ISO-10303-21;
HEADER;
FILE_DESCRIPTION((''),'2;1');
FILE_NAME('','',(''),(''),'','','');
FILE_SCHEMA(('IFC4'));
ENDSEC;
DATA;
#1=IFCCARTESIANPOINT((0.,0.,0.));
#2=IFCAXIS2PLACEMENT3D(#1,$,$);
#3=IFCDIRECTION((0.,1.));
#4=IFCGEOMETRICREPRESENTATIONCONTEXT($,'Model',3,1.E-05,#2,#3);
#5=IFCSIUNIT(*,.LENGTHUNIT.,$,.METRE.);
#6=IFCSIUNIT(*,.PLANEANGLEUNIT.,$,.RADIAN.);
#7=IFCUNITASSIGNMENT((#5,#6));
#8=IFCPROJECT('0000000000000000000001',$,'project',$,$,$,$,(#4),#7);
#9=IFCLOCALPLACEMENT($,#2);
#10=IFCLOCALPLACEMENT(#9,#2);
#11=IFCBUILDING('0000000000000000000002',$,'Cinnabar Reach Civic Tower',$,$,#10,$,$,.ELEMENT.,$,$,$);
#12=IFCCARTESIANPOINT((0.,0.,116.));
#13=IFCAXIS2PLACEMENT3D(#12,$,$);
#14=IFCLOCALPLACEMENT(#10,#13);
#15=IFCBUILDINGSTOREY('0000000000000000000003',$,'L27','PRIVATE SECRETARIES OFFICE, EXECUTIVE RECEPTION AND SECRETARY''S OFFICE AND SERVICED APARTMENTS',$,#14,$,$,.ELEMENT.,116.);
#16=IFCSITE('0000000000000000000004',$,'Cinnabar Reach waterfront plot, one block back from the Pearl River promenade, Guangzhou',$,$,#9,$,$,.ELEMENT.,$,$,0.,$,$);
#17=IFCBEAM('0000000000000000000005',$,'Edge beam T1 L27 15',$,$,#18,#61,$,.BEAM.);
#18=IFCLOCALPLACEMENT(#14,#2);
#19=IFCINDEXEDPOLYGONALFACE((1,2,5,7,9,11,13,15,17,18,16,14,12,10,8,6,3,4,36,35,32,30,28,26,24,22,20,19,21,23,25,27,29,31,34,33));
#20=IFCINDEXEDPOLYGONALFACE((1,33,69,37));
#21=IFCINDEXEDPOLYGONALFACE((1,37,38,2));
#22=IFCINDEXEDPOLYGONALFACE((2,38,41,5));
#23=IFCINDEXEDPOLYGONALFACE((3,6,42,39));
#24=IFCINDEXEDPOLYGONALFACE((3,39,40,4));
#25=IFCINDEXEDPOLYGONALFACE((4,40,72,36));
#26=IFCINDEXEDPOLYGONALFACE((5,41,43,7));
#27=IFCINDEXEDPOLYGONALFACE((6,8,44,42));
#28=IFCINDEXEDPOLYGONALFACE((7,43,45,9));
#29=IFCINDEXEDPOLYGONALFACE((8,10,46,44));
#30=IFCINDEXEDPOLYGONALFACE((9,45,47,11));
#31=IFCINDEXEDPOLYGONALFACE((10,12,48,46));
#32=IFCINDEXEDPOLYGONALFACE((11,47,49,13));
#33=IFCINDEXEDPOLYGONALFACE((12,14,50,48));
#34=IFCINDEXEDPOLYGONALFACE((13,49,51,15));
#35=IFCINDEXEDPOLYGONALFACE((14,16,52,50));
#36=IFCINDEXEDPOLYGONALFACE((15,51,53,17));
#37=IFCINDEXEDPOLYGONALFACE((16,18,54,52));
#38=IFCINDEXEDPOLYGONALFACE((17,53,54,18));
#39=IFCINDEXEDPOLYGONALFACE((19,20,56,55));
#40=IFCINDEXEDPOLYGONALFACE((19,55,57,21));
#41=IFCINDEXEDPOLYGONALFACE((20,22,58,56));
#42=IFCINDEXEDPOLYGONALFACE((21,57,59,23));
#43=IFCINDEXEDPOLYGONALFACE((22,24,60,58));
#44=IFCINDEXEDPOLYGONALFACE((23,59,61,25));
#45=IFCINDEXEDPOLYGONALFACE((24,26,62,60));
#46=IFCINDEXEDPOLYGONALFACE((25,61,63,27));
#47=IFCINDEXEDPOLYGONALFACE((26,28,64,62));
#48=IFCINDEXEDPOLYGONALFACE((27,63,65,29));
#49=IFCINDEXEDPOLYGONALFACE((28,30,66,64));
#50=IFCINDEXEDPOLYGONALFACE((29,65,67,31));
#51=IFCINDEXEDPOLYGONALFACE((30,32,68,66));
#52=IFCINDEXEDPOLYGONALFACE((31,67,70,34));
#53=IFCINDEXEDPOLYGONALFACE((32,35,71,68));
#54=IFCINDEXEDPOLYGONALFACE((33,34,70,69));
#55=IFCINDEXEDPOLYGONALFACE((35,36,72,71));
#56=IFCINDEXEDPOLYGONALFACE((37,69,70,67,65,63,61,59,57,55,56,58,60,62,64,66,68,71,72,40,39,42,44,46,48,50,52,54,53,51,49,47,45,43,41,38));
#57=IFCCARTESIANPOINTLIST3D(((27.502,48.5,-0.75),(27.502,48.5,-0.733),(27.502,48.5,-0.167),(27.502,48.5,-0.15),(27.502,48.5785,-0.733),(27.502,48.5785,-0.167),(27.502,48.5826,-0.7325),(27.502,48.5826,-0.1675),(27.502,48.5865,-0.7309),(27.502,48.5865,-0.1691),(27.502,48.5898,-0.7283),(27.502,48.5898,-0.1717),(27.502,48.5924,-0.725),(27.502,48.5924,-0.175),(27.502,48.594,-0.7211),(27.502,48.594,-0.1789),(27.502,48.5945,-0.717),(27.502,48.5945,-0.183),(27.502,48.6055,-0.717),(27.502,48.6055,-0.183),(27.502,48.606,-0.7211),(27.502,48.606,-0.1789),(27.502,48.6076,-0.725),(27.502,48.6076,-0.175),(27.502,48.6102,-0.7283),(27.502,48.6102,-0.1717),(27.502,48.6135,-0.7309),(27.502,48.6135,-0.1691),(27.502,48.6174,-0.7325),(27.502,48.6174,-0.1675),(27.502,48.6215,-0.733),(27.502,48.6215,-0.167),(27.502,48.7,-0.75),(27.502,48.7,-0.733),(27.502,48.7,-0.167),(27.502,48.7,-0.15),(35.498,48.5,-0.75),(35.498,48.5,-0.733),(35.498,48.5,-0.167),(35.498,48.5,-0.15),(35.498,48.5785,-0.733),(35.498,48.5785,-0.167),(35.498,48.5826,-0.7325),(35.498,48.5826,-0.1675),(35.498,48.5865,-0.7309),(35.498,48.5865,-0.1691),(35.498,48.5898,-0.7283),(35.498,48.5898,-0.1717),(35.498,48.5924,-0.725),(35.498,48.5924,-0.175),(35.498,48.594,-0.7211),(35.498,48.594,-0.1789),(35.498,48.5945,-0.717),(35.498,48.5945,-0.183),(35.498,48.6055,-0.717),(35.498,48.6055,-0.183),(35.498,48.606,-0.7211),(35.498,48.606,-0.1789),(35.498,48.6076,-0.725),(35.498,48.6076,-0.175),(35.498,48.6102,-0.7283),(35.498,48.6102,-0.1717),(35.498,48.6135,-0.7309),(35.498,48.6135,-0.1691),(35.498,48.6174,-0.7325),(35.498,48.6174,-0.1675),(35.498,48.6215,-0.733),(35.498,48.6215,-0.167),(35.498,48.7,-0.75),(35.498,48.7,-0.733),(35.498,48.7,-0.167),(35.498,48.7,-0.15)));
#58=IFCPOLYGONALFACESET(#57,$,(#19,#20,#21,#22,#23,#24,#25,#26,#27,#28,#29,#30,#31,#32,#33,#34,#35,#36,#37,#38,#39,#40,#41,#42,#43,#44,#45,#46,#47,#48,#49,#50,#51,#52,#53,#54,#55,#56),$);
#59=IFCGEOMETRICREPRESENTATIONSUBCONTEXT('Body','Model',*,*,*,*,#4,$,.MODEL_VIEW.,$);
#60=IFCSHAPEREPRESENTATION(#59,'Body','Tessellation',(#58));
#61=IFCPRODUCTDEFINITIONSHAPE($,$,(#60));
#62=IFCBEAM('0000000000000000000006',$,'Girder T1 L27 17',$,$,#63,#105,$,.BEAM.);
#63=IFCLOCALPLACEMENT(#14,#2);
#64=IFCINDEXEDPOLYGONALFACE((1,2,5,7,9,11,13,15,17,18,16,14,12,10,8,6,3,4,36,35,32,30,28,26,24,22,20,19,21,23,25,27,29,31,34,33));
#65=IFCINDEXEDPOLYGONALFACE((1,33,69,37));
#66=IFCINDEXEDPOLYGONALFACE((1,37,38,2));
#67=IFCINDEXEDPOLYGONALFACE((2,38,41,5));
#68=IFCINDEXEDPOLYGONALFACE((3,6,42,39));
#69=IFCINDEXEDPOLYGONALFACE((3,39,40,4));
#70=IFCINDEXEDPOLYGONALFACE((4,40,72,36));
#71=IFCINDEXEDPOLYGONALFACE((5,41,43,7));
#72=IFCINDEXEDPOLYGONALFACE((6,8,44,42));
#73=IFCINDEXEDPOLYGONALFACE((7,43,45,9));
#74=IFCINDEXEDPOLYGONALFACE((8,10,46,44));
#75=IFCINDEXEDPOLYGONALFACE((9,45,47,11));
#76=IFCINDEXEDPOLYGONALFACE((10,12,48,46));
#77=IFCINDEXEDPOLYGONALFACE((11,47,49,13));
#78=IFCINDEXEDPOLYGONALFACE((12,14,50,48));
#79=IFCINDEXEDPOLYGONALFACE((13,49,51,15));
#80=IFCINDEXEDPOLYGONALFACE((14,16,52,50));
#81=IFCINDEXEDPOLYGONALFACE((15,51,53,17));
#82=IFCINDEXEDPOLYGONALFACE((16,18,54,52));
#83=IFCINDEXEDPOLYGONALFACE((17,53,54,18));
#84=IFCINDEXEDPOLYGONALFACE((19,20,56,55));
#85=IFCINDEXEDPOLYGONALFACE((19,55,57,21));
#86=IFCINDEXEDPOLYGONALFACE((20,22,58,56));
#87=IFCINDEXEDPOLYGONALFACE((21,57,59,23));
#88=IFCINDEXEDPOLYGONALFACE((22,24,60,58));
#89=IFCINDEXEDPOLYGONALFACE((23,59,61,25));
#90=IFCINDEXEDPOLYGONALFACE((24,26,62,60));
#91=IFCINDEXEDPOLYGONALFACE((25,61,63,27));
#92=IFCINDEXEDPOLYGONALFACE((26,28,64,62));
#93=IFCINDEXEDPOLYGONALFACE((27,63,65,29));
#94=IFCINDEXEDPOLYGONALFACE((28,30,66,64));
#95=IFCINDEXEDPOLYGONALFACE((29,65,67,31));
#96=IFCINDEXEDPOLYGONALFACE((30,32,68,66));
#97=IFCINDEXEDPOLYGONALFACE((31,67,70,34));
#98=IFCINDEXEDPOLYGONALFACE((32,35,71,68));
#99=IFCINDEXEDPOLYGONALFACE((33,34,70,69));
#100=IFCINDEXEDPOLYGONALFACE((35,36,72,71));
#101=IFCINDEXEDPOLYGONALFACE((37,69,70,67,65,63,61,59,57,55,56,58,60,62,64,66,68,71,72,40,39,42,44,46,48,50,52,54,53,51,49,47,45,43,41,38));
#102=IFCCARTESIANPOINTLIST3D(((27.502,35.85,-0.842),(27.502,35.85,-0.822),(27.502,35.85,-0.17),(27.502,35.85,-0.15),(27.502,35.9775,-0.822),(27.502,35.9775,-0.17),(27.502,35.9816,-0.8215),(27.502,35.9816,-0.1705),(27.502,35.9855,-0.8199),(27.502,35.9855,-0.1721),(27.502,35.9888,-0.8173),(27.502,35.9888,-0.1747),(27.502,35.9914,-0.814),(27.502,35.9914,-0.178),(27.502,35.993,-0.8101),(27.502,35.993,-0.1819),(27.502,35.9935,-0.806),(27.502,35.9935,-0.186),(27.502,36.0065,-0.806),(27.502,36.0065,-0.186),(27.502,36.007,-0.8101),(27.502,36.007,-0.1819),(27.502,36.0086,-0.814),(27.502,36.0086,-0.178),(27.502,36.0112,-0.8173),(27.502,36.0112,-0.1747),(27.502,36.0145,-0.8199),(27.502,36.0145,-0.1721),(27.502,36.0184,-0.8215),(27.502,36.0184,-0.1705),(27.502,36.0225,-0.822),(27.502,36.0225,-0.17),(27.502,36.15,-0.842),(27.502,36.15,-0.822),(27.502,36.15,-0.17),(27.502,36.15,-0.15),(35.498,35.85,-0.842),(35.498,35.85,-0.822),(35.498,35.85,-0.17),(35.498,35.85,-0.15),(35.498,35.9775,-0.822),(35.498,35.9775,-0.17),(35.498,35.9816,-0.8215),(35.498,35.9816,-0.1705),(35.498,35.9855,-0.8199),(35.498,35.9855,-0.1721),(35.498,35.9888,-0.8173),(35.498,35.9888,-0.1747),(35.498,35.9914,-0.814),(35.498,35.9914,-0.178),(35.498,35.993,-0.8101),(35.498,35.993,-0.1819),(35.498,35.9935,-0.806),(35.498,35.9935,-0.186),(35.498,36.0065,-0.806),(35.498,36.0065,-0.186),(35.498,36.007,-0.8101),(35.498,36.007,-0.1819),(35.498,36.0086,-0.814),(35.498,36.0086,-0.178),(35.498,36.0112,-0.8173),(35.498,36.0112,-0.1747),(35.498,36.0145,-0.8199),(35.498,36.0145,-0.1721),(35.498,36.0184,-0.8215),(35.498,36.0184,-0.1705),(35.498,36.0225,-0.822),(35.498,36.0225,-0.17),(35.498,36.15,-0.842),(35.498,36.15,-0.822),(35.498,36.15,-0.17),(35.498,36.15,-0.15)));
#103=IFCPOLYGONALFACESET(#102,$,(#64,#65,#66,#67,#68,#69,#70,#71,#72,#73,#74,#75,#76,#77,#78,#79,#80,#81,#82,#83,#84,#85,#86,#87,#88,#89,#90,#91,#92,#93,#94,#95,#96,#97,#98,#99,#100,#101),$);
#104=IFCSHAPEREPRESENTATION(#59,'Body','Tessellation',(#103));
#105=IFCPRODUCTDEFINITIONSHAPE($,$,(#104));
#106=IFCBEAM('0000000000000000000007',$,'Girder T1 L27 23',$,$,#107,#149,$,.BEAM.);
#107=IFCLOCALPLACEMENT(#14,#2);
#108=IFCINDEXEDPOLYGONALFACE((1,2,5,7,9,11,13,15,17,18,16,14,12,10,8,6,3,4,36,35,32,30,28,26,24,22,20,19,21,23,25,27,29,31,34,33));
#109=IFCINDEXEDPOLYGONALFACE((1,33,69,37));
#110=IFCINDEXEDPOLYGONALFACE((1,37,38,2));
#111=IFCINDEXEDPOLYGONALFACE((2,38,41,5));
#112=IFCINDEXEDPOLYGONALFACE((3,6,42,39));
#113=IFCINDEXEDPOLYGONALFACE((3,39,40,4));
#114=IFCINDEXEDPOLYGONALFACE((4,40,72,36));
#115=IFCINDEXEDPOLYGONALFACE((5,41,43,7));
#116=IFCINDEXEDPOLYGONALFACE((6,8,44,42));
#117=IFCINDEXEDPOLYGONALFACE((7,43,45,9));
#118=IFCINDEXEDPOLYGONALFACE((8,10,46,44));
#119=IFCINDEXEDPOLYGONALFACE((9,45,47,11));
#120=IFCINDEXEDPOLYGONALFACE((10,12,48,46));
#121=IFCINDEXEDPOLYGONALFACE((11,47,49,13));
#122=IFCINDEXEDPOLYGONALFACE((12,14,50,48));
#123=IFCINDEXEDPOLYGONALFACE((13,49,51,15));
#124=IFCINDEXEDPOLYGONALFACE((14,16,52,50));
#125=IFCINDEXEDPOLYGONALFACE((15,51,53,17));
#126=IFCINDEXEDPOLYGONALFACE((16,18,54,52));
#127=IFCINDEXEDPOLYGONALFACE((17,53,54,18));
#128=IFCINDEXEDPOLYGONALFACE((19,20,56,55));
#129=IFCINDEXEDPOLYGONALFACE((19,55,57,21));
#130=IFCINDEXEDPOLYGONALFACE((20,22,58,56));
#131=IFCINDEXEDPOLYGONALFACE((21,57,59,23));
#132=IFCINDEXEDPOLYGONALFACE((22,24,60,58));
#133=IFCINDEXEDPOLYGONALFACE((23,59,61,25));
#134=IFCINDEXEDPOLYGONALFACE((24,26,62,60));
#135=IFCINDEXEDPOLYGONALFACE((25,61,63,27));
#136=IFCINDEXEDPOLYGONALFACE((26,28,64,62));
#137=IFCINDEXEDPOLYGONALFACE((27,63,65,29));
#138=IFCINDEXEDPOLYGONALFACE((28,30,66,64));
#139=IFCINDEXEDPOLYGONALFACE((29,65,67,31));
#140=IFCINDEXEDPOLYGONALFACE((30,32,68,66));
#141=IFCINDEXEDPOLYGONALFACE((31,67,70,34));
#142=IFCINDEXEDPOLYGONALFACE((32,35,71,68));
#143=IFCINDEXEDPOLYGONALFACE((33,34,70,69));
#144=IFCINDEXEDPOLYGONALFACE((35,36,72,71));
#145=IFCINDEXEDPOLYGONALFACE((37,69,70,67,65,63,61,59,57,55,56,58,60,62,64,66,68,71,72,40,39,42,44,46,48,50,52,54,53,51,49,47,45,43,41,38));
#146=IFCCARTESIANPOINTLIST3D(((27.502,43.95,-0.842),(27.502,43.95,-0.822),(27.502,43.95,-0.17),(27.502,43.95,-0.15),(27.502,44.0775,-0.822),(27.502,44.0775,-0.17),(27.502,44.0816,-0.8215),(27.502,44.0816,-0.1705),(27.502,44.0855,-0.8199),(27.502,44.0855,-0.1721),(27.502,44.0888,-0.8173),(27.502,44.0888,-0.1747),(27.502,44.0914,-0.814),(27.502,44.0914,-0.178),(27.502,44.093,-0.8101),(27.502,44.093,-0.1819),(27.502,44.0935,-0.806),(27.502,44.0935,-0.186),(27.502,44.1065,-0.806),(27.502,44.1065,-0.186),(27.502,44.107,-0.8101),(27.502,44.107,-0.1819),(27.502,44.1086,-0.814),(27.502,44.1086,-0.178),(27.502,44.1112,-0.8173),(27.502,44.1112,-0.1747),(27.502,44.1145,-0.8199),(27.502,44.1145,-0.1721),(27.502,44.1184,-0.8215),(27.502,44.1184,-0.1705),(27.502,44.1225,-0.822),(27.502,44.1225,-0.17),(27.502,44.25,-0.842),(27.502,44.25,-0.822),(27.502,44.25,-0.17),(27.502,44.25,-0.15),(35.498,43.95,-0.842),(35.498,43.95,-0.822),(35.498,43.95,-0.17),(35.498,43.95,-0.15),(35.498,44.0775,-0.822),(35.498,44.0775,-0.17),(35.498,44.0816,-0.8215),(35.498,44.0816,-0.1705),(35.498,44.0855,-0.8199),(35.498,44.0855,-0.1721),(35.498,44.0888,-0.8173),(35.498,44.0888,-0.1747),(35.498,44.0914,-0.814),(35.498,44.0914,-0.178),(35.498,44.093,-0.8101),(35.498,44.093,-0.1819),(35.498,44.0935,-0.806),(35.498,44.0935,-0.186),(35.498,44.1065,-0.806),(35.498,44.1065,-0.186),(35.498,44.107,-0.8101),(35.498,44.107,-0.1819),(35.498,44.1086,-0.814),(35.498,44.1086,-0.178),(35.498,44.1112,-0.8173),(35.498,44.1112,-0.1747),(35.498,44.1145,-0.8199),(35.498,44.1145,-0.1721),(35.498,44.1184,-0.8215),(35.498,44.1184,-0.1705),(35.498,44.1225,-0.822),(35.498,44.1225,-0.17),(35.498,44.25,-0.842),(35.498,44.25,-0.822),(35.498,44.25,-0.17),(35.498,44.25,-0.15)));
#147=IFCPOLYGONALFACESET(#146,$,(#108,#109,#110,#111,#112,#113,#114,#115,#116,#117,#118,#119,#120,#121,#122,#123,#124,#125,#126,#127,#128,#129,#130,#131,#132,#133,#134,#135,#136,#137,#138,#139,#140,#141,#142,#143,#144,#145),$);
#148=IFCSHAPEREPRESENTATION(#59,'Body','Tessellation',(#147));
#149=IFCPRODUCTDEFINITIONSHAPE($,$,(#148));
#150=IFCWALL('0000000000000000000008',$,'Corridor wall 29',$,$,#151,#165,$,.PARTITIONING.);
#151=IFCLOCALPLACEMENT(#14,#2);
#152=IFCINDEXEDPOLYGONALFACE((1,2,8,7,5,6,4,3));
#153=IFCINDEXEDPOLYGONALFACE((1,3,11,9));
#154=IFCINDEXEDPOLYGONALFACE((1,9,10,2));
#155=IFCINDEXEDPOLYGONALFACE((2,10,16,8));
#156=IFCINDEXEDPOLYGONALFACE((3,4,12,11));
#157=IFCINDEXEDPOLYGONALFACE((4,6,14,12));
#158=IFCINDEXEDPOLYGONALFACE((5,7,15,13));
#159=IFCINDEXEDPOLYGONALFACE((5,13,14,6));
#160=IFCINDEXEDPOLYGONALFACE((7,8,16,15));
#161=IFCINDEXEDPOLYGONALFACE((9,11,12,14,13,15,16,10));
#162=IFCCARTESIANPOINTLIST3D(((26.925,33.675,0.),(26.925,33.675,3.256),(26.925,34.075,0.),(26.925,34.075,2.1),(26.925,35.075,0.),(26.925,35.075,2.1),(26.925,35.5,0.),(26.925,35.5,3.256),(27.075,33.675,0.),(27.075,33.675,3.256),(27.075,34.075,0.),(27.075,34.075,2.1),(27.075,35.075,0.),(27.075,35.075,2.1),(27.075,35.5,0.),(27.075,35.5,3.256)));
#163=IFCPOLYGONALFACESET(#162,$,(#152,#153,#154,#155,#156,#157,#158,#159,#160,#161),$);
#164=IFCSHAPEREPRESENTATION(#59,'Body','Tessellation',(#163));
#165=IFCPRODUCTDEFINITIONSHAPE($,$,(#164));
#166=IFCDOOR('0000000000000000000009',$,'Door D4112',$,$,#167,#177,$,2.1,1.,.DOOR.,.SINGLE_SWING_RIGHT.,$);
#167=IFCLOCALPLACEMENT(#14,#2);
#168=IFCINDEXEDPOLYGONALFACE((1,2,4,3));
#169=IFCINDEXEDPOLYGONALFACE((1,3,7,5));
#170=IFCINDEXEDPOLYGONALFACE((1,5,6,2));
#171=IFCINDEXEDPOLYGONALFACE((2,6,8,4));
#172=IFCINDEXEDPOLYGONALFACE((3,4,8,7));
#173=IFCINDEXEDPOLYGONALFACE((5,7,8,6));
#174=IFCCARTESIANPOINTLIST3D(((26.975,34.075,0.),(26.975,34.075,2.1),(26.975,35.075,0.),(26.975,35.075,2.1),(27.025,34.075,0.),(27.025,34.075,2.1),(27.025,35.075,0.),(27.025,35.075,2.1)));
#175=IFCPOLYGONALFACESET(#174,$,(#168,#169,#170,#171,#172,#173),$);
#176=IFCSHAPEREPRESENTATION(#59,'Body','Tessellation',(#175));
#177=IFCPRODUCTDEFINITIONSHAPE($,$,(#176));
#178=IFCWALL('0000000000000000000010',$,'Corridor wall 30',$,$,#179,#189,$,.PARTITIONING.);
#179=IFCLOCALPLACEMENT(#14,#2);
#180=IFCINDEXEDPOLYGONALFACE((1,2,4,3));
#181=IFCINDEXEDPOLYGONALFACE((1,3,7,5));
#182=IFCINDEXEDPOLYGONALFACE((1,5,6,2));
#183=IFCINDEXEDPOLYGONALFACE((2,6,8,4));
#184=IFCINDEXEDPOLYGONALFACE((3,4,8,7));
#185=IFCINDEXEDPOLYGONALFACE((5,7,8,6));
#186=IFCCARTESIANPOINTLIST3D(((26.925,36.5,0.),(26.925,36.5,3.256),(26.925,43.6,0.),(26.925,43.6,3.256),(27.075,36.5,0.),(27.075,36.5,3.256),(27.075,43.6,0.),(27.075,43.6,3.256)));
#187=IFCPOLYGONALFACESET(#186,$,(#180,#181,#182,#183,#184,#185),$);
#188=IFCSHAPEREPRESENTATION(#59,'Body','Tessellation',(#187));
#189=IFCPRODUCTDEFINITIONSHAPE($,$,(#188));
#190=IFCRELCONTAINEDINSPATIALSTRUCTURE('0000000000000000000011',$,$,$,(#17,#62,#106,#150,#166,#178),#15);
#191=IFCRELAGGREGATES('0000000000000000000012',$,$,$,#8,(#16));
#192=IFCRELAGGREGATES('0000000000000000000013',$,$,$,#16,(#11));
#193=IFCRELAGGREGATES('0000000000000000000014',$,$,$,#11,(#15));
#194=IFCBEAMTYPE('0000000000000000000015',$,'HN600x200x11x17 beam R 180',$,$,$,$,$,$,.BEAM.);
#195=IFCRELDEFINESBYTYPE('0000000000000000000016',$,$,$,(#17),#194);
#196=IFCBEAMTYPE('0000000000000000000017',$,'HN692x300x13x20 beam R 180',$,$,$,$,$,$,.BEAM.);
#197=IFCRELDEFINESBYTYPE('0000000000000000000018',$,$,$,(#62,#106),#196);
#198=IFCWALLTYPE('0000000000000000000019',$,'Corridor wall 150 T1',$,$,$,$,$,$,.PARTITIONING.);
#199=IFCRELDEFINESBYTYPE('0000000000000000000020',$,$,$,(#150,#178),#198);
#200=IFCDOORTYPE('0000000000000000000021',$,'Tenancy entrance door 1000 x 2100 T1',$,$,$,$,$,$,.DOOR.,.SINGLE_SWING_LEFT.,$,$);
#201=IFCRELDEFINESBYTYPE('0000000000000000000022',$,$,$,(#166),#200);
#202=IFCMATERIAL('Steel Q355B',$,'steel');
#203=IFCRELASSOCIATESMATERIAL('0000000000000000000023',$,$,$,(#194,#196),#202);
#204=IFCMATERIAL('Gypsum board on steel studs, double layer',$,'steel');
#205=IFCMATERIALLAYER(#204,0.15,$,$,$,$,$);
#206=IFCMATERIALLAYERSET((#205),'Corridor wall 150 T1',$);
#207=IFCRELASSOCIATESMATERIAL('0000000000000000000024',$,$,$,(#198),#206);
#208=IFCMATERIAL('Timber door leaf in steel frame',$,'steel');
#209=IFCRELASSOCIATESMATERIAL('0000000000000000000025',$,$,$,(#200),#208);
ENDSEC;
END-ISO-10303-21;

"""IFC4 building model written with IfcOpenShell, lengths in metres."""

from ifc_helpers import new_model, si_unit, direction, frame, frame_2d, origin, origin_2d, place, context, subcontext, project, spatial, rectangle, i_section, extrude, material, layer, layer_set, material_profile, profile_set, type_object, element, fill, save


model = new_model("IFC4")

# Units and contexts
model_context = context("Model", 3, precision=1e-05, world=origin(), true_north=direction((0.0, 1.0)))
body_context = subcontext(model_context, "Body", "Model", "MODEL_VIEW")
ifc_project = project(units=[si_unit("LENGTHUNIT", "METRE"), si_unit("PLANEANGLEUNIT", "RADIAN")], contexts=[model_context])

# Site, building, storey
site_placement = place(None, origin())
site = spatial("IfcSite", under=ifc_project, at=site_placement, Name="Cinnabar Reach waterfront plot, one block back from the Pearl River promenade, Guangzhou", CompositionType="ELEMENT", RefElevation=0.0)
building_placement = place(site_placement, origin())
building = spatial("IfcBuilding", under=site, at=building_placement, Name="Cinnabar Reach Civic Tower", CompositionType="ELEMENT")
storey_placement = place(building_placement, frame((0.0, 0.0, 116.0)))
storey = spatial("IfcBuildingStorey", under=building, at=storey_placement, Name="L27", Description="PRIVATE SECRETARIES OFFICE, EXECUTIVE RECEPTION AND SECRETARY'S OFFICE AND SERVICED APARTMENTS", CompositionType="ELEMENT", Elevation=116.0)

# Beams
ifc_material_1 = material(Name="Steel Q355B", Category="steel")
ifc_material_profile_1 = material_profile(ifc_material_1, i_section(OverallWidth=0.2, OverallDepth=0.6, WebThickness=0.011, FlangeThickness=0.017, FilletRadius=0.016, at=origin_2d()), Name="HN600x200x11x17")
ifc_profile_set_1 = profile_set([ifc_material_profile_1], Name="Steel Q355B")
beam_type_1 = type_object("IfcBeamType", Name="HN600x200x11x17 beam R 180", PredefinedType="BEAM", material=ifc_profile_set_1)
beam_1_placement = place(storey_placement, frame((35.498, 48.6, -0.45), z_axis=(-1.0, 0.0, 0.0), x_axis=(0.0, -1.0, 0.0)))
element("IfcBeam", 1, at=beam_1_placement, inside=storey, type_object=beam_type_1, Name="Edge beam T1 L27 15", PredefinedType="BEAM", context=body_context, shape_type="SweptSolid", body=[
    extrude(i_section(OverallWidth=0.2, OverallDepth=0.6, WebThickness=0.011, FlangeThickness=0.017, FilletRadius=0.016, at=origin_2d()), origin(), (0.0, 0.0, 1.0), 7.996),
])
ifc_material_profile_2 = material_profile(ifc_material_1, i_section(OverallWidth=0.3, OverallDepth=0.692, WebThickness=0.013, FlangeThickness=0.02, FilletRadius=0.016, at=origin_2d()), Name="HN692x300x13x20")
ifc_profile_set_2 = profile_set([ifc_material_profile_2], Name="Steel Q355B")
beam_type_2 = type_object("IfcBeamType", Name="HN692x300x13x20 beam R 180", PredefinedType="BEAM", material=ifc_profile_set_2)
for number, where, z_axis, x_axis, name in (
    (2, (27.502, 36.0, -0.496), (1.0, 0.0, 0.0), (0.0, 1.0, 0.0), "Girder T1 L27 17"),
    (3, (27.502, 44.1, -0.496), (1.0, 0.0, 0.0), (0.0, 1.0, 0.0), "Girder T1 L27 23"),
):
    element("IfcBeam", number, at=place(storey_placement, frame(where, z_axis=z_axis, x_axis=x_axis)), inside=storey, type_object=beam_type_2, Name=name, PredefinedType="BEAM", context=body_context, shape_type="SweptSolid", body=[
        extrude(i_section(OverallWidth=0.3, OverallDepth=0.692, WebThickness=0.013, FlangeThickness=0.02, FilletRadius=0.016, at=origin_2d()), origin(), (0.0, 0.0, 1.0), 7.996),
    ])

# Wall, opening, door
ifc_material_2 = material(Name="Gypsum board on steel studs, double layer", Category="steel")
ifc_layer_1 = layer(ifc_material_2, 0.15)
ifc_layer_set_1 = layer_set([ifc_layer_1], Name="Corridor wall 150 T1")
wall_type_1 = type_object("IfcWallType", Name="Corridor wall 150 T1", PredefinedType="PARTITIONING", material=ifc_layer_set_1)
wall_1_placement = place(storey_placement, frame((27.0, 33.675, 0.0), z_axis=(0.0, 0.0, 1.0), x_axis=(0.0, 1.0, 0.0)))
wall_1 = element("IfcWall", 4, at=wall_1_placement, inside=storey, type_object=wall_type_1, Name="Corridor wall 29", PredefinedType="PARTITIONING", context=body_context, shape_type="SweptSolid", body=[
    extrude(rectangle(XDim=1.825, YDim=0.15, at=frame_2d((0.9125, 0.0))), origin(), (0.0, 0.0, 1.0), 3.256),
])
opening_1_placement = place(wall_1_placement, frame((0.4, 0.0, 0.0)))
opening_1 = element("IfcOpeningElement", 5, at=opening_1_placement, cuts=wall_1, PredefinedType="OPENING", context=body_context, shape_type="SweptSolid", body=[
    extrude(rectangle(XDim=1.0, YDim=2.1, at=frame_2d((0.5, 1.05))), frame((0.0, 0.085, 0.0), z_axis=(0.0, -1.0, 0.0), x_axis=(1.0, 0.0, 0.0)), (0.0, 0.0, 1.0), 0.17),
])
ifc_material_3 = material(Name="Timber door leaf in steel frame", Category="steel")
door_type_1 = type_object("IfcDoorType", Name="Tenancy entrance door 1000 x 2100 T1", OperationType="SINGLE_SWING_LEFT", PredefinedType="DOOR", material=ifc_material_3)
door_1_placement = place(opening_1_placement, frame((1.0, 0.0, 0.0), z_axis=(0.0, 0.0, 1.0), x_axis=(-1.0, 0.0, 0.0)))
door_1 = element("IfcDoor", 6, at=door_1_placement, inside=storey, type_object=door_type_1, Name="Door D4112", OperationType="SINGLE_SWING_RIGHT", OverallHeight=2.1, OverallWidth=1.0, PredefinedType="DOOR", context=body_context, shape_type="SweptSolid", body=[
    extrude(rectangle(XDim=1.0, YDim=2.1, at=frame_2d((0.5, 1.05))), frame((0.0, 0.025, 0.0), z_axis=(0.0, -1.0, 0.0), x_axis=(1.0, 0.0, 0.0)), (0.0, 0.0, 1.0), 0.05),
])
fill(opening_1, door_1)

# Wall
wall_2_placement = place(storey_placement, frame((27.0, 36.5, 0.0), z_axis=(0.0, 0.0, 1.0), x_axis=(0.0, 1.0, 0.0)))
element("IfcWall", 7, at=wall_2_placement, inside=storey, type_object=wall_type_1, Name="Corridor wall 30", PredefinedType="PARTITIONING", context=body_context, shape_type="SweptSolid", body=[
    extrude(rectangle(XDim=7.1, YDim=0.15, at=frame_2d((3.55, 0.0))), origin(), (0.0, 0.0, 1.0), 3.256),
])

save(model, "model.ifc")
